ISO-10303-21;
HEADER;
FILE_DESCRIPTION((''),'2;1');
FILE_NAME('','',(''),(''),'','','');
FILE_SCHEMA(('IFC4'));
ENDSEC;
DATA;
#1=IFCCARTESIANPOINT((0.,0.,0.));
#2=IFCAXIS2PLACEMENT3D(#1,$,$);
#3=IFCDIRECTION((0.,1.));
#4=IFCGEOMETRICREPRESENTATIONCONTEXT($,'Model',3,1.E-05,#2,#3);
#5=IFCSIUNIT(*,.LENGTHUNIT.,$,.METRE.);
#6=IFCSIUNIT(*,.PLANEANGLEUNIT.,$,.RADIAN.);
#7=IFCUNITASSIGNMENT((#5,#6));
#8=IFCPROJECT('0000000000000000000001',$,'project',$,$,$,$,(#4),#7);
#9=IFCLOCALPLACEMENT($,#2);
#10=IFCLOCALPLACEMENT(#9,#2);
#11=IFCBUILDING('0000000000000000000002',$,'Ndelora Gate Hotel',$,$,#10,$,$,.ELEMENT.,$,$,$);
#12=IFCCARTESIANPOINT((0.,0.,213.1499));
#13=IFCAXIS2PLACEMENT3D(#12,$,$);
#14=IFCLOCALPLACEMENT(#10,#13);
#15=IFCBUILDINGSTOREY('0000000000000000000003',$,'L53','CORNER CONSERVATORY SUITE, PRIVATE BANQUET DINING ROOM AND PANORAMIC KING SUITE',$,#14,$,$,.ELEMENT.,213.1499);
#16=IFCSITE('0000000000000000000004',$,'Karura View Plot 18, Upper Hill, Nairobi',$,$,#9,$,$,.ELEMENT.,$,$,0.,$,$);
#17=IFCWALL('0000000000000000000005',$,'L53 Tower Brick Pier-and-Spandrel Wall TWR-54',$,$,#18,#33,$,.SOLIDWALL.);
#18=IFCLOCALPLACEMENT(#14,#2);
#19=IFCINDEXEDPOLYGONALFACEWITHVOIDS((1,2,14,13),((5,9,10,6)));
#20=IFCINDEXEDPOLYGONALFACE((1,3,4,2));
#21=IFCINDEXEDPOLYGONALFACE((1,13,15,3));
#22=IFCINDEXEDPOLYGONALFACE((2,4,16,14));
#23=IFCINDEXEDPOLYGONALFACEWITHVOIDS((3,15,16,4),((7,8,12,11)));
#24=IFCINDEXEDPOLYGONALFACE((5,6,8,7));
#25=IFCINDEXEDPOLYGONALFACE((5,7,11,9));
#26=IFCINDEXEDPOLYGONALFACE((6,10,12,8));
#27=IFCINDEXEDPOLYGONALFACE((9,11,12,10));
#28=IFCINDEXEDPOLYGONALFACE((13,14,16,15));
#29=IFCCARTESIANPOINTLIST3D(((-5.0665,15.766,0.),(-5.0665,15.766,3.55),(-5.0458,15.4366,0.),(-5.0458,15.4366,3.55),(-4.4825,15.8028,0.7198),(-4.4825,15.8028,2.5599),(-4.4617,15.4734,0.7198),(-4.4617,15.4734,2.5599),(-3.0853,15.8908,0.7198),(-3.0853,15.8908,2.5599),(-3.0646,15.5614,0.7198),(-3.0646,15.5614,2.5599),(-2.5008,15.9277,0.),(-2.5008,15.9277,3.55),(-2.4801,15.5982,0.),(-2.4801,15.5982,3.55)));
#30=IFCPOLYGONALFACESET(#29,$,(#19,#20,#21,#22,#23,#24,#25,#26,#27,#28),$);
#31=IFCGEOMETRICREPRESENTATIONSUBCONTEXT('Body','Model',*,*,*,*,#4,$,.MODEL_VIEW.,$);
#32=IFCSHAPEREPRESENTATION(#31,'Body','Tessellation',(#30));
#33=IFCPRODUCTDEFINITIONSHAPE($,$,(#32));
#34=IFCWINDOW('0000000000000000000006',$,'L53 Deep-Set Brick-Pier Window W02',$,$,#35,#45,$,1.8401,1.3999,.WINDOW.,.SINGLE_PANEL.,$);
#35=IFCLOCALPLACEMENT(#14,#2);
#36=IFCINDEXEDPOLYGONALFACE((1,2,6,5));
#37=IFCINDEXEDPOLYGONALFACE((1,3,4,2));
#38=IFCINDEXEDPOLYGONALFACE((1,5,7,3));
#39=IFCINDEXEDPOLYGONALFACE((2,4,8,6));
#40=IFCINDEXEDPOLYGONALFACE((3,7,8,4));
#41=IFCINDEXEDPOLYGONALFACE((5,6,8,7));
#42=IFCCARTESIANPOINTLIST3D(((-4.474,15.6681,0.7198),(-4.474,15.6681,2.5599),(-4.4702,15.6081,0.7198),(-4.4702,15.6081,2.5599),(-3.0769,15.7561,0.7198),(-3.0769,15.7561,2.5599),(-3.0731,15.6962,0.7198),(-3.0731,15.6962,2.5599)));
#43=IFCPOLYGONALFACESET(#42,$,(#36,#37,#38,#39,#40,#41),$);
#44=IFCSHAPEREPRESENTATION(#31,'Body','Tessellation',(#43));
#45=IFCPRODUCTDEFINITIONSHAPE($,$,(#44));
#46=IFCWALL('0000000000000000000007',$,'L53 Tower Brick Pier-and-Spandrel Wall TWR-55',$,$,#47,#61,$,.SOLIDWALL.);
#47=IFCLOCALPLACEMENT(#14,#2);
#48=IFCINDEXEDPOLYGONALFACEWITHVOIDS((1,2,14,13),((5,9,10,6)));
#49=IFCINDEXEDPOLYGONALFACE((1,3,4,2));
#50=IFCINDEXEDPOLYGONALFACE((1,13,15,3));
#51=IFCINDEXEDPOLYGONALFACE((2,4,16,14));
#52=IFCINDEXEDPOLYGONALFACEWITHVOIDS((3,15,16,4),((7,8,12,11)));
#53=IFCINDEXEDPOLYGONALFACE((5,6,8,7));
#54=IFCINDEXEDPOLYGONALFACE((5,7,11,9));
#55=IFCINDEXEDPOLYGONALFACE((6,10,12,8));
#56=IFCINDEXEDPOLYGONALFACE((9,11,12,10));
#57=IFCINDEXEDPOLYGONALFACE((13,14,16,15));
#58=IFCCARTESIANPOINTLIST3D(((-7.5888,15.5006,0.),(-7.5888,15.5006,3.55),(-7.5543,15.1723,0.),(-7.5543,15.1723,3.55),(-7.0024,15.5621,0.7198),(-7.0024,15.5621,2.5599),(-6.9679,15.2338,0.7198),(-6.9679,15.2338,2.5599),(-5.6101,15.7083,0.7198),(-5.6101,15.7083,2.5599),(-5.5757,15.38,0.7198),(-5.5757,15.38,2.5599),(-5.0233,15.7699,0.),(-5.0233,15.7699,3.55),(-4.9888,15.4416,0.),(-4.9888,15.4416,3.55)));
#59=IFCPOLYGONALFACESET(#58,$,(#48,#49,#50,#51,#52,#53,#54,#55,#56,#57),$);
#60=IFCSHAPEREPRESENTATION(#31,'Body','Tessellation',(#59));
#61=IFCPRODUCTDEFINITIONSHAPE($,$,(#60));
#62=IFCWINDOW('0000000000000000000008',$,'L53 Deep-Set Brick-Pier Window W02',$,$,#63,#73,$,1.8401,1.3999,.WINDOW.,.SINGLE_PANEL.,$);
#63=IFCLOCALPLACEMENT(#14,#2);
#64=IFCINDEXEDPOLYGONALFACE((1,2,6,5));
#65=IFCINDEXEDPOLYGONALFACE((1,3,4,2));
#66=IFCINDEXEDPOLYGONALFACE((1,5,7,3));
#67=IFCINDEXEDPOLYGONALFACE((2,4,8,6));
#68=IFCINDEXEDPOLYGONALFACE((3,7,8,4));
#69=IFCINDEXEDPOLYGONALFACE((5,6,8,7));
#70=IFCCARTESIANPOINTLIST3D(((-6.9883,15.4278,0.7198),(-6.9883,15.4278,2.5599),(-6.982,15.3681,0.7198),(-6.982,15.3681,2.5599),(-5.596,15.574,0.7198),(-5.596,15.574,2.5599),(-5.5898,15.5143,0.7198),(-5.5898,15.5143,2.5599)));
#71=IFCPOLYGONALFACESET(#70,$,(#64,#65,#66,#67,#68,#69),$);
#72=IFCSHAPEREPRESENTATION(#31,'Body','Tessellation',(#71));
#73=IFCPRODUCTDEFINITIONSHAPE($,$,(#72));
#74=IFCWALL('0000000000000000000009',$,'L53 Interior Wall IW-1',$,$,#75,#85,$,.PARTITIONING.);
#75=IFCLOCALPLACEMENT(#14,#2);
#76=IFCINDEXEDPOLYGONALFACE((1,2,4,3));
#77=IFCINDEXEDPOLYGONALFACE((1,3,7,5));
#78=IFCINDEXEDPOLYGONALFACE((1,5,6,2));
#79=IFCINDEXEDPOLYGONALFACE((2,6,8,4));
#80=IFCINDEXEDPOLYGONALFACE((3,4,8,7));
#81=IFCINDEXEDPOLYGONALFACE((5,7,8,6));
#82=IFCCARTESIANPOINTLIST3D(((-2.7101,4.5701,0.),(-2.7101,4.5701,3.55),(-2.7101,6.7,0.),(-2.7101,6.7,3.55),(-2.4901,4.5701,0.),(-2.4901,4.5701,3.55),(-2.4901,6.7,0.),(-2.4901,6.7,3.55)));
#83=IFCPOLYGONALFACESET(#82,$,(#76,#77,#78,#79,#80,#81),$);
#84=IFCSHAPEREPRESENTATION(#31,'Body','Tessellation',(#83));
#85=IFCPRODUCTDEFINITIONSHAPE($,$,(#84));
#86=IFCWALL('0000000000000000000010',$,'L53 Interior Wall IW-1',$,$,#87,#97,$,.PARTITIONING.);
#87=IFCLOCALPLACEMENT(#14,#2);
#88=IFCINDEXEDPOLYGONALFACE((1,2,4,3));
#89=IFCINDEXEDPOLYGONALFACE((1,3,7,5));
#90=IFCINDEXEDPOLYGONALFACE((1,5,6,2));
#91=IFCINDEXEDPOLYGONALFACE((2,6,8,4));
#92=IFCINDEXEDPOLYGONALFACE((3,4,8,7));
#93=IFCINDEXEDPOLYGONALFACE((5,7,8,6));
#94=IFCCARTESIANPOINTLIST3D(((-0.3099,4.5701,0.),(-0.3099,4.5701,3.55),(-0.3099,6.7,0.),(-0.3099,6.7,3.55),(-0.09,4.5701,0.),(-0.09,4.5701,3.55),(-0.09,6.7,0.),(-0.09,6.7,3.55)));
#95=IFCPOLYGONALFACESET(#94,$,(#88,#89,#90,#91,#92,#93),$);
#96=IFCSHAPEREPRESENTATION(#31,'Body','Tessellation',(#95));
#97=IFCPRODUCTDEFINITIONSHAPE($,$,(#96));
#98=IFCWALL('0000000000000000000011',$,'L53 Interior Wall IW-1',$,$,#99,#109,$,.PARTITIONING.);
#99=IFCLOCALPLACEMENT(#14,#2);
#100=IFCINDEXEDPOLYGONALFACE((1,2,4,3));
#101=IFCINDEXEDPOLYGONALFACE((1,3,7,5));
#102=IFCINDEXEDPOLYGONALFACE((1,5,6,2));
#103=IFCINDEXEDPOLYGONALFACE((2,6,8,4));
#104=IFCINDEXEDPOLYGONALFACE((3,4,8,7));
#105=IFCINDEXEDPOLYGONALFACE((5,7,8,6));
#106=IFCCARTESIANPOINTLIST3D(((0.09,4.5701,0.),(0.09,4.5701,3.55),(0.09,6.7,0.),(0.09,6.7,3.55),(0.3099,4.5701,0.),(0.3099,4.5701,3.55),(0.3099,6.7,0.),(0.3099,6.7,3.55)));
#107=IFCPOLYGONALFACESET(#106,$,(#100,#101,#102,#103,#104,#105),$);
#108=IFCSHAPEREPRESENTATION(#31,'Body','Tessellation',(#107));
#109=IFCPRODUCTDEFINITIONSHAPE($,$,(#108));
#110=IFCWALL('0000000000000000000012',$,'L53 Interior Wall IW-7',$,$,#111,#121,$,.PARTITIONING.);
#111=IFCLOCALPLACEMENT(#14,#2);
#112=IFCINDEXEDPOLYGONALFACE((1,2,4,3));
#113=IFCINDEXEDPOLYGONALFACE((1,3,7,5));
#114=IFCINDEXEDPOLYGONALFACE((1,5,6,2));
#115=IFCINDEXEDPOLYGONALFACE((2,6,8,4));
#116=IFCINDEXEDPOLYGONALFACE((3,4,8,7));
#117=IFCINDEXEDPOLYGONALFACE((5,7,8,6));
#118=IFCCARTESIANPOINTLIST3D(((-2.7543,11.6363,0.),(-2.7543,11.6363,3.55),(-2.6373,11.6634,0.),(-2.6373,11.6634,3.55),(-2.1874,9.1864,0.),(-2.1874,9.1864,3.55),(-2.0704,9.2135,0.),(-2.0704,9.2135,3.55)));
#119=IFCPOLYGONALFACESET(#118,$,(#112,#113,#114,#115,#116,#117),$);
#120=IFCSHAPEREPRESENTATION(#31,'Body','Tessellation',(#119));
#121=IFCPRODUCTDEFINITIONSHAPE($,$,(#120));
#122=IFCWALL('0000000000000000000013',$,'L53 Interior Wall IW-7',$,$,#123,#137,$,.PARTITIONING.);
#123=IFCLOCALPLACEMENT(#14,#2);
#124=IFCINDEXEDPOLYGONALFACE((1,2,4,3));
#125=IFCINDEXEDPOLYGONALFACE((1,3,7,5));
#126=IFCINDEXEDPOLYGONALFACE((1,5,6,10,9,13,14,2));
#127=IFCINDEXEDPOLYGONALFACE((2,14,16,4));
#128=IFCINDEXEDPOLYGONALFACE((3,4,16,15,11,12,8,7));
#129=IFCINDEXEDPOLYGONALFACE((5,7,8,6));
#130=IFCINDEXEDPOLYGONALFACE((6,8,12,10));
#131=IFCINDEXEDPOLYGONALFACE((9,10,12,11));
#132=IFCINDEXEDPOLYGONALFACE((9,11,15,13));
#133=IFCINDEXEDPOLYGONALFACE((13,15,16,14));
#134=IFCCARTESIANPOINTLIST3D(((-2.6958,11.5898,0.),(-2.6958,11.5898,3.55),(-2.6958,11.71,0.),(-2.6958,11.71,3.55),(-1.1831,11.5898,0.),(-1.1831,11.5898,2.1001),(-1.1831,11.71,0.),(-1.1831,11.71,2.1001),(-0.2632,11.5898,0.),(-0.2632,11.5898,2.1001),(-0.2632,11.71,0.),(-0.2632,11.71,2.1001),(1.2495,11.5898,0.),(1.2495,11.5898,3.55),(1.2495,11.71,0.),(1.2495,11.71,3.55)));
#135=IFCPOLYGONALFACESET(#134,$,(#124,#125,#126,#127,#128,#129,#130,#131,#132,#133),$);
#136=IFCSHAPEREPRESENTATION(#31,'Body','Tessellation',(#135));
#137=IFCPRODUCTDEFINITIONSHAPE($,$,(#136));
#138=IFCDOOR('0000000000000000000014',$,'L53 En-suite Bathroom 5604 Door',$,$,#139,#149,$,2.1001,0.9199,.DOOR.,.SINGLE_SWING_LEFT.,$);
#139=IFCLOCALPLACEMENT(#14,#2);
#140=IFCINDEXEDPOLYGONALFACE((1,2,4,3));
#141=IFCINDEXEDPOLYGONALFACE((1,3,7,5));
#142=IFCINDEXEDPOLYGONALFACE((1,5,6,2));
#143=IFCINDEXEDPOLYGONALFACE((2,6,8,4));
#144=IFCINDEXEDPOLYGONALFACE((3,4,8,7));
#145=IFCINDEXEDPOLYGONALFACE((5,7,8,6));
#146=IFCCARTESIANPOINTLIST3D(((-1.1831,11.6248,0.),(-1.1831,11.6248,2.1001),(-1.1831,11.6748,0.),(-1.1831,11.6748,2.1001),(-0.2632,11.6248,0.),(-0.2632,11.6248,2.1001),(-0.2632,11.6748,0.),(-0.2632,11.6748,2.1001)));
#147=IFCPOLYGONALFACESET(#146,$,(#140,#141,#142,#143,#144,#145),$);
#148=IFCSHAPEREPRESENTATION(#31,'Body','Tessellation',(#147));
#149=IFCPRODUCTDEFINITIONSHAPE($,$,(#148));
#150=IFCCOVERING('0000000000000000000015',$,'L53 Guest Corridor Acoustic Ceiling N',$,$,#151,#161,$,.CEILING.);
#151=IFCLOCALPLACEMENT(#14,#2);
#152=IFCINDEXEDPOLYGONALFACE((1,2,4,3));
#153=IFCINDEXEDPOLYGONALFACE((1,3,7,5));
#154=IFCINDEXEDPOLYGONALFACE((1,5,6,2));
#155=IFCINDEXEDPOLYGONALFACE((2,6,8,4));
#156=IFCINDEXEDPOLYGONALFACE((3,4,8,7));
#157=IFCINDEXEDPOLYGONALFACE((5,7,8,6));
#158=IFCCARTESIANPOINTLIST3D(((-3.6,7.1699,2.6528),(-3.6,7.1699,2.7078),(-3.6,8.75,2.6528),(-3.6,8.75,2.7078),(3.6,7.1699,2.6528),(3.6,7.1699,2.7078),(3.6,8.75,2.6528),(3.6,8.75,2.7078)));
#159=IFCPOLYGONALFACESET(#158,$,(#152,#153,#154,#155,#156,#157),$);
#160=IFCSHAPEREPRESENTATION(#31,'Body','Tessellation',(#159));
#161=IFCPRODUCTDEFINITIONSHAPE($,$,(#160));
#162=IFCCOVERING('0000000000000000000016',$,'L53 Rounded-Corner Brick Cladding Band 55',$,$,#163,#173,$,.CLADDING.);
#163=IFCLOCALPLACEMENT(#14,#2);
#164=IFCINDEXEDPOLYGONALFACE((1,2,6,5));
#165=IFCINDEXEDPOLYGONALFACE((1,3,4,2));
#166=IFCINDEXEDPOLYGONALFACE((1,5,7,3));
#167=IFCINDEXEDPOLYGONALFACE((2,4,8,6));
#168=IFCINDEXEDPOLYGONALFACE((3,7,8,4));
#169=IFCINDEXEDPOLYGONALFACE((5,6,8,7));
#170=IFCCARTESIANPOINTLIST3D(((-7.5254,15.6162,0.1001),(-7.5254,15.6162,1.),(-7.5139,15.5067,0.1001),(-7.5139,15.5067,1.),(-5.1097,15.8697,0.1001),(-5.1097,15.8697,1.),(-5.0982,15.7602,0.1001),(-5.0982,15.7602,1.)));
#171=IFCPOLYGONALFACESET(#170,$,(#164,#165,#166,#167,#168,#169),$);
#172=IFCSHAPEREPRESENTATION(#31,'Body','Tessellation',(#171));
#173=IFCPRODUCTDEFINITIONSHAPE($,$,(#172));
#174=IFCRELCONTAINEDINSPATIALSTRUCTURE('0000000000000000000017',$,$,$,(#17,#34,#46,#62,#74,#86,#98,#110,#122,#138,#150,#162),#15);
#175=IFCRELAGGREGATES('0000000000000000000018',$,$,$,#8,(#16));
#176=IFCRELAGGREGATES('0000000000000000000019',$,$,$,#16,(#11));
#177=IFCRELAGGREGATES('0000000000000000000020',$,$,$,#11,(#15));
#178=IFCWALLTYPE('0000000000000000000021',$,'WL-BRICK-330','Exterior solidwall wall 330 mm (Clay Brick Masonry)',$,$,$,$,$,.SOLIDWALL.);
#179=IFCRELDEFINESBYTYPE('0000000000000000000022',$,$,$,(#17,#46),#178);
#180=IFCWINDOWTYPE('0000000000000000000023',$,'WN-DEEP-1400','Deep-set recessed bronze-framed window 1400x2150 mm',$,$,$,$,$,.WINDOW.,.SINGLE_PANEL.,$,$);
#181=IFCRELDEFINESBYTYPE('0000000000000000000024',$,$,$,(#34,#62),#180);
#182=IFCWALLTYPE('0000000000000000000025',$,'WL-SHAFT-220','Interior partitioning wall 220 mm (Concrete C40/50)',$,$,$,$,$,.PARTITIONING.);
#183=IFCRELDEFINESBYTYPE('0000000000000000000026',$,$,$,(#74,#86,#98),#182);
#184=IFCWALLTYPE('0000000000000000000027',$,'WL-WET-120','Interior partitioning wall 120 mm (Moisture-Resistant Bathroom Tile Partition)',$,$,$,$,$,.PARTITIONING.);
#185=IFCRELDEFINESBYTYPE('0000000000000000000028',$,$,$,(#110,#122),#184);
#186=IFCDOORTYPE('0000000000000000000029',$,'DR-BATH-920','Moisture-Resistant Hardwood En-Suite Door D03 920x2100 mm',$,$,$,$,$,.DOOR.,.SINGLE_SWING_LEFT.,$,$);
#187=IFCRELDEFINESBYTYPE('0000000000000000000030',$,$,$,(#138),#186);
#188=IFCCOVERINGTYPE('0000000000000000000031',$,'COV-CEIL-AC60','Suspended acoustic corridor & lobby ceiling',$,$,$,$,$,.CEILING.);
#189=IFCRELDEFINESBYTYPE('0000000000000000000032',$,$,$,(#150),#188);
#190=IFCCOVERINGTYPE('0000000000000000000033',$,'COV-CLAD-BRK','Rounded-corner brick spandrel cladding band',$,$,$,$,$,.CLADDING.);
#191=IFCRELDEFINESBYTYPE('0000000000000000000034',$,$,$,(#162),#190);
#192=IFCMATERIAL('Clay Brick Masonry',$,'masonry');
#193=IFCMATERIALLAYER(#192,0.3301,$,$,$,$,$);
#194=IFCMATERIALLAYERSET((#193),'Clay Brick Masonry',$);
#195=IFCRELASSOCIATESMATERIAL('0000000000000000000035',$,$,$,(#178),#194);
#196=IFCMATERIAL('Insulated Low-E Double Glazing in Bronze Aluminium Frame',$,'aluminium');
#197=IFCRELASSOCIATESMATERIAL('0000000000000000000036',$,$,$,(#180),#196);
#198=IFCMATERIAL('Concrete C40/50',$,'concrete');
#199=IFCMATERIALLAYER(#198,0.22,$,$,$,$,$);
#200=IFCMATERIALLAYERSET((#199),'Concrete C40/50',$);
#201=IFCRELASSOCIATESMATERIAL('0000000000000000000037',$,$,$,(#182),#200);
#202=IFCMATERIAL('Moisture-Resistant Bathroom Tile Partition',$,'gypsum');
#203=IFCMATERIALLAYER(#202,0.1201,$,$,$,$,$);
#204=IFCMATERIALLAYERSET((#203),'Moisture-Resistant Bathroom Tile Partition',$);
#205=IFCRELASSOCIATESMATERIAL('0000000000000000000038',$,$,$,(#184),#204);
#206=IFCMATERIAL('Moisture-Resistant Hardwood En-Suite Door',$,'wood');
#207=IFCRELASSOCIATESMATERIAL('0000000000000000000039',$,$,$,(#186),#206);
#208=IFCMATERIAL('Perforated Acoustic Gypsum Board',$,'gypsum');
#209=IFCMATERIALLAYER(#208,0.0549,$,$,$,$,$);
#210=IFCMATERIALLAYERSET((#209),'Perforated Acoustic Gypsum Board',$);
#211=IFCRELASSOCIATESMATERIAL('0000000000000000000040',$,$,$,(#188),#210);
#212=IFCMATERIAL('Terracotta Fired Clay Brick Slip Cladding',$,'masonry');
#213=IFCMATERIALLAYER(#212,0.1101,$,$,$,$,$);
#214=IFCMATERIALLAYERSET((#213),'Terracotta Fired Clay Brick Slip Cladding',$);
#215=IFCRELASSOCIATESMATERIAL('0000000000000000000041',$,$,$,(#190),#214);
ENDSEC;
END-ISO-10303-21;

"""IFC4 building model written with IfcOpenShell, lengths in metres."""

from ifc_helpers import new_model, si_unit, direction, frame, frame_2d, origin, origin_2d, place, context, subcontext, project, spatial, rectangle, extrude, material, layer, layer_set, type_object, element, fill, save


model = new_model("IFC4")

# Units and contexts
model_context = context("Model", 3, precision=1e-05, world=origin(), true_north=direction((0.0, 1.0)))
body_context = subcontext(model_context, "Body", "Model", "MODEL_VIEW")
ifc_project = project(units=[si_unit("LENGTHUNIT", "METRE"), si_unit("PLANEANGLEUNIT", "RADIAN")], contexts=[model_context])

# Site, building, storey
site_placement = place(None, origin())
site = spatial("IfcSite", under=ifc_project, at=site_placement, Name="Karura View Plot 18, Upper Hill, Nairobi", CompositionType="ELEMENT", RefElevation=0.0)
building_placement = place(site_placement, origin())
building = spatial("IfcBuilding", under=site, at=building_placement, Name="Ndelora Gate Hotel", CompositionType="ELEMENT")
storey_placement = place(building_placement, frame((0.0, 0.0, 213.1499)))
storey = spatial("IfcBuildingStorey", under=building, at=storey_placement, Name="L53", Description="CORNER CONSERVATORY SUITE, PRIVATE BANQUET DINING ROOM AND PANORAMIC KING SUITE", CompositionType="ELEMENT", Elevation=213.1499)

# Shared definitions
ifc_material_1 = material(Name="Clay Brick Masonry", Category="masonry")
ifc_layer_1 = layer(ifc_material_1, 0.3301)
ifc_layer_set_1 = layer_set([ifc_layer_1], Name="Clay Brick Masonry")
wall_type_1 = type_object("IfcWallType", Name="WL-BRICK-330", Description="Exterior solidwall wall 330 mm (Clay Brick Masonry)", PredefinedType="SOLIDWALL", material=ifc_layer_set_1)

# Walls, openings, windows
wall_1_placement = place(storey_placement, frame((-5.0562, 15.6013, 0.0), z_axis=(0.0, 0.0, 1.0), x_axis=(0.998022, 0.062869, 0.0)))
wall_1 = element("IfcWall", 1, at=wall_1_placement, inside=storey, type_object=wall_type_1, Name="L53 Tower Brick Pier-and-Spandrel Wall TWR-54", PredefinedType="SOLIDWALL", context=body_context, shape_type="SweptSolid", body=[
    extrude(rectangle(XDim=2.5708, YDim=0.3301, at=frame_2d((1.2854, 0.0))), origin(), (0.0, 0.0, 1.0), 3.55),
])
opening_1_placement = place(wall_1_placement, frame((0.5852, 0.0, 0.72)))
opening_1 = element("IfcOpeningElement", 2, at=opening_1_placement, cuts=wall_1, PredefinedType="OPENING", context=body_context, shape_type="SweptSolid", body=[
    extrude(rectangle(XDim=1.3999, YDim=1.8401, at=frame_2d((0.7, 0.9199))), frame((0.0, 0.175, 0.0), z_axis=(0.0, -1.0, 0.0), x_axis=(1.0, 0.0, 0.0)), (0.0, 0.0, 1.0), 0.3501),
])
ifc_material_2 = material(Name="Insulated Low-E Double Glazing in Bronze Aluminium Frame", Category="aluminium")
window_type = type_object("IfcWindowType", Name="WN-DEEP-1400", Description="Deep-set recessed bronze-framed window 1400x2150 mm", PartitioningType="SINGLE_PANEL", PredefinedType="WINDOW", material=ifc_material_2)
window_1_placement = place(opening_1_placement, origin())
window_1 = element("IfcWindow", 3, at=window_1_placement, inside=storey, type_object=window_type, Name="L53 Deep-Set Brick-Pier Window W02", OverallHeight=1.8401, OverallWidth=1.3999, PartitioningType="SINGLE_PANEL", PredefinedType="WINDOW", context=body_context, shape_type="SweptSolid", body=[
    extrude(rectangle(XDim=1.3999, YDim=1.8401, at=frame_2d((0.7, 0.9199))), frame((0.0, 0.03, 0.0), z_axis=(0.0, -1.0, 0.0), x_axis=(1.0, 0.0, 0.0)), (0.0, 0.0, 1.0), 0.0601),
])
fill(opening_1, window_1)
wall_2_placement = place(storey_placement, frame((-7.5715, 15.3364, 0.0), z_axis=(0.0, 0.0, 1.0), x_axis=(0.994536, 0.104394, 0.0)))
wall_2 = element("IfcWall", 4, at=wall_2_placement, inside=storey, type_object=wall_type_1, Name="L53 Tower Brick Pier-and-Spandrel Wall TWR-55", PredefinedType="SOLIDWALL", context=body_context, shape_type="SweptSolid", body=[
    extrude(rectangle(XDim=2.5796, YDim=0.3301, at=frame_2d((1.2898, 0.0))), origin(), (0.0, 0.0, 1.0), 3.55),
])
opening_2_placement = place(wall_2_placement, frame((0.5896, 0.0, 0.72)))
opening_2 = element("IfcOpeningElement", 5, at=opening_2_placement, cuts=wall_2, PredefinedType="OPENING", context=body_context, shape_type="SweptSolid", body=[
    extrude(rectangle(XDim=1.3999, YDim=1.8401, at=frame_2d((0.7, 0.9199))), frame((0.0, 0.175, 0.0), z_axis=(0.0, -1.0, 0.0), x_axis=(1.0, 0.0, 0.0)), (0.0, 0.0, 1.0), 0.3501),
])
window_2_placement = place(opening_2_placement, origin())
window_2 = element("IfcWindow", 6, at=window_2_placement, inside=storey, type_object=window_type, Name="L53 Deep-Set Brick-Pier Window W02", OverallHeight=1.8401, OverallWidth=1.3999, PartitioningType="SINGLE_PANEL", PredefinedType="WINDOW", context=body_context, shape_type="SweptSolid", body=[
    extrude(rectangle(XDim=1.3999, YDim=1.8401, at=frame_2d((0.7, 0.9199))), frame((0.0, 0.03, 0.0), z_axis=(0.0, -1.0, 0.0), x_axis=(1.0, 0.0, 0.0)), (0.0, 0.0, 1.0), 0.0601),
])
fill(opening_2, window_2)

# Walls
ifc_material_3 = material(Name="Concrete C40/50", Category="concrete")
ifc_layer_2 = layer(ifc_material_3, 0.22)
ifc_layer_set_2 = layer_set([ifc_layer_2], Name="Concrete C40/50")
wall_type_2 = type_object("IfcWallType", Name="WL-SHAFT-220", Description="Interior partitioning wall 220 mm (Concrete C40/50)", PredefinedType="PARTITIONING", material=ifc_layer_set_2)
for number, where, z_axis, x_axis, name in (
    (7, (-2.6001, 4.5701, 0.0), (0.0, 0.0, 1.0), (0.0, 1.0, 0.0), "L53 Interior Wall IW-1"),
    (8, (-0.2, 4.5701, 0.0), (0.0, 0.0, 1.0), (0.0, 1.0, 0.0), "L53 Interior Wall IW-1"),
    (9, (0.2, 4.5701, 0.0), (0.0, 0.0, 1.0), (0.0, 1.0, 0.0), "L53 Interior Wall IW-1"),
):
    element("IfcWall", number, at=place(storey_placement, frame(where, z_axis=z_axis, x_axis=x_axis)), inside=storey, type_object=wall_type_2, Name=name, PredefinedType="PARTITIONING", context=body_context, shape_type="SweptSolid", body=[
        extrude(rectangle(XDim=2.1299, YDim=0.22, at=frame_2d((1.0649, 0.0))), origin(), (0.0, 0.0, 1.0), 3.55),
    ])
ifc_material_4 = material(Name="Moisture-Resistant Bathroom Tile Partition", Category="gypsum")
ifc_layer_3 = layer(ifc_material_4, 0.1201)
ifc_layer_set_3 = layer_set([ifc_layer_3], Name="Moisture-Resistant Bathroom Tile Partition")
wall_type_3 = type_object("IfcWallType", Name="WL-WET-120", Description="Interior partitioning wall 120 mm (Moisture-Resistant Bathroom Tile Partition)", PredefinedType="PARTITIONING", material=ifc_layer_set_3)
wall_3_placement = place(storey_placement, frame((-2.1289, 9.2, 0.0), z_axis=(0.0, 0.0, 1.0), x_axis=(-0.225434, 0.974258, 0.0)))
element("IfcWall", 10, at=wall_3_placement, inside=storey, type_object=wall_type_3, Name="L53 Interior Wall IW-7", PredefinedType="PARTITIONING", context=body_context, shape_type="SweptSolid", body=[
    extrude(rectangle(XDim=2.5146, YDim=0.1201, at=frame_2d((1.2573, 0.0))), origin(), (0.0, 0.0, 1.0), 3.55),
])

# Wall, opening, door
wall_4_placement = place(storey_placement, frame((-2.6958, 11.6499, 0.0), z_axis=(0.0, 0.0, 1.0), x_axis=(1.0, 0.0, 0.0)))
wall_4 = element("IfcWall", 11, at=wall_4_placement, inside=storey, type_object=wall_type_3, Name="L53 Interior Wall IW-7", PredefinedType="PARTITIONING", context=body_context, shape_type="SweptSolid", body=[
    extrude(rectangle(XDim=3.9453, YDim=0.1201, at=frame_2d((1.9727, 0.0))), origin(), (0.0, 0.0, 1.0), 3.55),
])
opening_3_placement = place(wall_4_placement, frame((1.5127, 0.0, 0.0)))
opening_3 = element("IfcOpeningElement", 12, at=opening_3_placement, cuts=wall_4, PredefinedType="OPENING", context=body_context, shape_type="SweptSolid", body=[
    extrude(rectangle(XDim=0.9199, YDim=2.1001, at=frame_2d((0.46, 1.05))), frame((0.0, 0.0701, 0.0), z_axis=(0.0, -1.0, 0.0), x_axis=(1.0, 0.0, 0.0)), (0.0, 0.0, 1.0), 0.1401),
])
ifc_material_5 = material(Name="Moisture-Resistant Hardwood En-Suite Door", Category="wood")
door_type = type_object("IfcDoorType", Name="DR-BATH-920", Description="Moisture-Resistant Hardwood En-Suite Door D03 920x2100 mm", OperationType="SINGLE_SWING_LEFT", PredefinedType="DOOR", material=ifc_material_5)
door_placement = place(opening_3_placement, origin())
door = element("IfcDoor", 13, at=door_placement, inside=storey, type_object=door_type, Name="L53 En-suite Bathroom 5604 Door", OperationType="SINGLE_SWING_LEFT", OverallHeight=2.1001, OverallWidth=0.9199, PredefinedType="DOOR", context=body_context, shape_type="SweptSolid", body=[
    extrude(rectangle(XDim=0.9199, YDim=2.1001, at=frame_2d((0.46, 1.05))), frame((0.0, 0.0249, 0.0), z_axis=(0.0, -1.0, 0.0), x_axis=(1.0, 0.0, 0.0)), (0.0, 0.0, 1.0), 0.05),
])
fill(opening_3, door)

# Coverings
ifc_material_6 = material(Name="Perforated Acoustic Gypsum Board", Category="gypsum")
ifc_layer_4 = layer(ifc_material_6, 0.0549)
ifc_layer_set_4 = layer_set([ifc_layer_4], Name="Perforated Acoustic Gypsum Board")
covering_type_1 = type_object("IfcCoveringType", Name="COV-CEIL-AC60", Description="Suspended acoustic corridor & lobby ceiling", PredefinedType="CEILING", material=ifc_layer_set_4)
covering_1_placement = place(storey_placement, frame((0.0, 7.96, 2.6528), z_axis=(0.0, 0.0, 1.0), x_axis=(1.0, 0.0, 0.0)))
element("IfcCovering", 14, at=covering_1_placement, inside=storey, type_object=covering_type_1, Name="L53 Guest Corridor Acoustic Ceiling N", PredefinedType="CEILING", context=body_context, shape_type="SweptSolid", body=[
    extrude(rectangle(XDim=7.2, YDim=1.5801, at=origin_2d()), origin(), (0.0, 0.0, 1.0), 0.0549),
])
ifc_material_7 = material(Name="Terracotta Fired Clay Brick Slip Cladding", Category="masonry")
ifc_layer_5 = layer(ifc_material_7, 0.1101)
ifc_layer_set_5 = layer_set([ifc_layer_5], Name="Terracotta Fired Clay Brick Slip Cladding")
covering_type_2 = type_object("IfcCoveringType", Name="COV-CLAD-BRK", Description="Rounded-corner brick spandrel cladding band", PredefinedType="CLADDING", material=ifc_layer_set_5)
covering_2_placement = place(storey_placement, frame((-6.3118, 15.6882, 0.1001), z_axis=(0.0, 0.0, 1.0), x_axis=(0.99454, 0.104355, 0.0)))
element("IfcCovering", 15, at=covering_2_placement, inside=storey, type_object=covering_type_2, Name="L53 Rounded-Corner Brick Cladding Band 55", PredefinedType="CLADDING", context=body_context, shape_type="SweptSolid", body=[
    extrude(rectangle(XDim=2.429, YDim=0.1101, at=origin_2d()), origin(), (0.0, 0.0, 1.0), 0.8999),
])

save(model, "model.ifc")
